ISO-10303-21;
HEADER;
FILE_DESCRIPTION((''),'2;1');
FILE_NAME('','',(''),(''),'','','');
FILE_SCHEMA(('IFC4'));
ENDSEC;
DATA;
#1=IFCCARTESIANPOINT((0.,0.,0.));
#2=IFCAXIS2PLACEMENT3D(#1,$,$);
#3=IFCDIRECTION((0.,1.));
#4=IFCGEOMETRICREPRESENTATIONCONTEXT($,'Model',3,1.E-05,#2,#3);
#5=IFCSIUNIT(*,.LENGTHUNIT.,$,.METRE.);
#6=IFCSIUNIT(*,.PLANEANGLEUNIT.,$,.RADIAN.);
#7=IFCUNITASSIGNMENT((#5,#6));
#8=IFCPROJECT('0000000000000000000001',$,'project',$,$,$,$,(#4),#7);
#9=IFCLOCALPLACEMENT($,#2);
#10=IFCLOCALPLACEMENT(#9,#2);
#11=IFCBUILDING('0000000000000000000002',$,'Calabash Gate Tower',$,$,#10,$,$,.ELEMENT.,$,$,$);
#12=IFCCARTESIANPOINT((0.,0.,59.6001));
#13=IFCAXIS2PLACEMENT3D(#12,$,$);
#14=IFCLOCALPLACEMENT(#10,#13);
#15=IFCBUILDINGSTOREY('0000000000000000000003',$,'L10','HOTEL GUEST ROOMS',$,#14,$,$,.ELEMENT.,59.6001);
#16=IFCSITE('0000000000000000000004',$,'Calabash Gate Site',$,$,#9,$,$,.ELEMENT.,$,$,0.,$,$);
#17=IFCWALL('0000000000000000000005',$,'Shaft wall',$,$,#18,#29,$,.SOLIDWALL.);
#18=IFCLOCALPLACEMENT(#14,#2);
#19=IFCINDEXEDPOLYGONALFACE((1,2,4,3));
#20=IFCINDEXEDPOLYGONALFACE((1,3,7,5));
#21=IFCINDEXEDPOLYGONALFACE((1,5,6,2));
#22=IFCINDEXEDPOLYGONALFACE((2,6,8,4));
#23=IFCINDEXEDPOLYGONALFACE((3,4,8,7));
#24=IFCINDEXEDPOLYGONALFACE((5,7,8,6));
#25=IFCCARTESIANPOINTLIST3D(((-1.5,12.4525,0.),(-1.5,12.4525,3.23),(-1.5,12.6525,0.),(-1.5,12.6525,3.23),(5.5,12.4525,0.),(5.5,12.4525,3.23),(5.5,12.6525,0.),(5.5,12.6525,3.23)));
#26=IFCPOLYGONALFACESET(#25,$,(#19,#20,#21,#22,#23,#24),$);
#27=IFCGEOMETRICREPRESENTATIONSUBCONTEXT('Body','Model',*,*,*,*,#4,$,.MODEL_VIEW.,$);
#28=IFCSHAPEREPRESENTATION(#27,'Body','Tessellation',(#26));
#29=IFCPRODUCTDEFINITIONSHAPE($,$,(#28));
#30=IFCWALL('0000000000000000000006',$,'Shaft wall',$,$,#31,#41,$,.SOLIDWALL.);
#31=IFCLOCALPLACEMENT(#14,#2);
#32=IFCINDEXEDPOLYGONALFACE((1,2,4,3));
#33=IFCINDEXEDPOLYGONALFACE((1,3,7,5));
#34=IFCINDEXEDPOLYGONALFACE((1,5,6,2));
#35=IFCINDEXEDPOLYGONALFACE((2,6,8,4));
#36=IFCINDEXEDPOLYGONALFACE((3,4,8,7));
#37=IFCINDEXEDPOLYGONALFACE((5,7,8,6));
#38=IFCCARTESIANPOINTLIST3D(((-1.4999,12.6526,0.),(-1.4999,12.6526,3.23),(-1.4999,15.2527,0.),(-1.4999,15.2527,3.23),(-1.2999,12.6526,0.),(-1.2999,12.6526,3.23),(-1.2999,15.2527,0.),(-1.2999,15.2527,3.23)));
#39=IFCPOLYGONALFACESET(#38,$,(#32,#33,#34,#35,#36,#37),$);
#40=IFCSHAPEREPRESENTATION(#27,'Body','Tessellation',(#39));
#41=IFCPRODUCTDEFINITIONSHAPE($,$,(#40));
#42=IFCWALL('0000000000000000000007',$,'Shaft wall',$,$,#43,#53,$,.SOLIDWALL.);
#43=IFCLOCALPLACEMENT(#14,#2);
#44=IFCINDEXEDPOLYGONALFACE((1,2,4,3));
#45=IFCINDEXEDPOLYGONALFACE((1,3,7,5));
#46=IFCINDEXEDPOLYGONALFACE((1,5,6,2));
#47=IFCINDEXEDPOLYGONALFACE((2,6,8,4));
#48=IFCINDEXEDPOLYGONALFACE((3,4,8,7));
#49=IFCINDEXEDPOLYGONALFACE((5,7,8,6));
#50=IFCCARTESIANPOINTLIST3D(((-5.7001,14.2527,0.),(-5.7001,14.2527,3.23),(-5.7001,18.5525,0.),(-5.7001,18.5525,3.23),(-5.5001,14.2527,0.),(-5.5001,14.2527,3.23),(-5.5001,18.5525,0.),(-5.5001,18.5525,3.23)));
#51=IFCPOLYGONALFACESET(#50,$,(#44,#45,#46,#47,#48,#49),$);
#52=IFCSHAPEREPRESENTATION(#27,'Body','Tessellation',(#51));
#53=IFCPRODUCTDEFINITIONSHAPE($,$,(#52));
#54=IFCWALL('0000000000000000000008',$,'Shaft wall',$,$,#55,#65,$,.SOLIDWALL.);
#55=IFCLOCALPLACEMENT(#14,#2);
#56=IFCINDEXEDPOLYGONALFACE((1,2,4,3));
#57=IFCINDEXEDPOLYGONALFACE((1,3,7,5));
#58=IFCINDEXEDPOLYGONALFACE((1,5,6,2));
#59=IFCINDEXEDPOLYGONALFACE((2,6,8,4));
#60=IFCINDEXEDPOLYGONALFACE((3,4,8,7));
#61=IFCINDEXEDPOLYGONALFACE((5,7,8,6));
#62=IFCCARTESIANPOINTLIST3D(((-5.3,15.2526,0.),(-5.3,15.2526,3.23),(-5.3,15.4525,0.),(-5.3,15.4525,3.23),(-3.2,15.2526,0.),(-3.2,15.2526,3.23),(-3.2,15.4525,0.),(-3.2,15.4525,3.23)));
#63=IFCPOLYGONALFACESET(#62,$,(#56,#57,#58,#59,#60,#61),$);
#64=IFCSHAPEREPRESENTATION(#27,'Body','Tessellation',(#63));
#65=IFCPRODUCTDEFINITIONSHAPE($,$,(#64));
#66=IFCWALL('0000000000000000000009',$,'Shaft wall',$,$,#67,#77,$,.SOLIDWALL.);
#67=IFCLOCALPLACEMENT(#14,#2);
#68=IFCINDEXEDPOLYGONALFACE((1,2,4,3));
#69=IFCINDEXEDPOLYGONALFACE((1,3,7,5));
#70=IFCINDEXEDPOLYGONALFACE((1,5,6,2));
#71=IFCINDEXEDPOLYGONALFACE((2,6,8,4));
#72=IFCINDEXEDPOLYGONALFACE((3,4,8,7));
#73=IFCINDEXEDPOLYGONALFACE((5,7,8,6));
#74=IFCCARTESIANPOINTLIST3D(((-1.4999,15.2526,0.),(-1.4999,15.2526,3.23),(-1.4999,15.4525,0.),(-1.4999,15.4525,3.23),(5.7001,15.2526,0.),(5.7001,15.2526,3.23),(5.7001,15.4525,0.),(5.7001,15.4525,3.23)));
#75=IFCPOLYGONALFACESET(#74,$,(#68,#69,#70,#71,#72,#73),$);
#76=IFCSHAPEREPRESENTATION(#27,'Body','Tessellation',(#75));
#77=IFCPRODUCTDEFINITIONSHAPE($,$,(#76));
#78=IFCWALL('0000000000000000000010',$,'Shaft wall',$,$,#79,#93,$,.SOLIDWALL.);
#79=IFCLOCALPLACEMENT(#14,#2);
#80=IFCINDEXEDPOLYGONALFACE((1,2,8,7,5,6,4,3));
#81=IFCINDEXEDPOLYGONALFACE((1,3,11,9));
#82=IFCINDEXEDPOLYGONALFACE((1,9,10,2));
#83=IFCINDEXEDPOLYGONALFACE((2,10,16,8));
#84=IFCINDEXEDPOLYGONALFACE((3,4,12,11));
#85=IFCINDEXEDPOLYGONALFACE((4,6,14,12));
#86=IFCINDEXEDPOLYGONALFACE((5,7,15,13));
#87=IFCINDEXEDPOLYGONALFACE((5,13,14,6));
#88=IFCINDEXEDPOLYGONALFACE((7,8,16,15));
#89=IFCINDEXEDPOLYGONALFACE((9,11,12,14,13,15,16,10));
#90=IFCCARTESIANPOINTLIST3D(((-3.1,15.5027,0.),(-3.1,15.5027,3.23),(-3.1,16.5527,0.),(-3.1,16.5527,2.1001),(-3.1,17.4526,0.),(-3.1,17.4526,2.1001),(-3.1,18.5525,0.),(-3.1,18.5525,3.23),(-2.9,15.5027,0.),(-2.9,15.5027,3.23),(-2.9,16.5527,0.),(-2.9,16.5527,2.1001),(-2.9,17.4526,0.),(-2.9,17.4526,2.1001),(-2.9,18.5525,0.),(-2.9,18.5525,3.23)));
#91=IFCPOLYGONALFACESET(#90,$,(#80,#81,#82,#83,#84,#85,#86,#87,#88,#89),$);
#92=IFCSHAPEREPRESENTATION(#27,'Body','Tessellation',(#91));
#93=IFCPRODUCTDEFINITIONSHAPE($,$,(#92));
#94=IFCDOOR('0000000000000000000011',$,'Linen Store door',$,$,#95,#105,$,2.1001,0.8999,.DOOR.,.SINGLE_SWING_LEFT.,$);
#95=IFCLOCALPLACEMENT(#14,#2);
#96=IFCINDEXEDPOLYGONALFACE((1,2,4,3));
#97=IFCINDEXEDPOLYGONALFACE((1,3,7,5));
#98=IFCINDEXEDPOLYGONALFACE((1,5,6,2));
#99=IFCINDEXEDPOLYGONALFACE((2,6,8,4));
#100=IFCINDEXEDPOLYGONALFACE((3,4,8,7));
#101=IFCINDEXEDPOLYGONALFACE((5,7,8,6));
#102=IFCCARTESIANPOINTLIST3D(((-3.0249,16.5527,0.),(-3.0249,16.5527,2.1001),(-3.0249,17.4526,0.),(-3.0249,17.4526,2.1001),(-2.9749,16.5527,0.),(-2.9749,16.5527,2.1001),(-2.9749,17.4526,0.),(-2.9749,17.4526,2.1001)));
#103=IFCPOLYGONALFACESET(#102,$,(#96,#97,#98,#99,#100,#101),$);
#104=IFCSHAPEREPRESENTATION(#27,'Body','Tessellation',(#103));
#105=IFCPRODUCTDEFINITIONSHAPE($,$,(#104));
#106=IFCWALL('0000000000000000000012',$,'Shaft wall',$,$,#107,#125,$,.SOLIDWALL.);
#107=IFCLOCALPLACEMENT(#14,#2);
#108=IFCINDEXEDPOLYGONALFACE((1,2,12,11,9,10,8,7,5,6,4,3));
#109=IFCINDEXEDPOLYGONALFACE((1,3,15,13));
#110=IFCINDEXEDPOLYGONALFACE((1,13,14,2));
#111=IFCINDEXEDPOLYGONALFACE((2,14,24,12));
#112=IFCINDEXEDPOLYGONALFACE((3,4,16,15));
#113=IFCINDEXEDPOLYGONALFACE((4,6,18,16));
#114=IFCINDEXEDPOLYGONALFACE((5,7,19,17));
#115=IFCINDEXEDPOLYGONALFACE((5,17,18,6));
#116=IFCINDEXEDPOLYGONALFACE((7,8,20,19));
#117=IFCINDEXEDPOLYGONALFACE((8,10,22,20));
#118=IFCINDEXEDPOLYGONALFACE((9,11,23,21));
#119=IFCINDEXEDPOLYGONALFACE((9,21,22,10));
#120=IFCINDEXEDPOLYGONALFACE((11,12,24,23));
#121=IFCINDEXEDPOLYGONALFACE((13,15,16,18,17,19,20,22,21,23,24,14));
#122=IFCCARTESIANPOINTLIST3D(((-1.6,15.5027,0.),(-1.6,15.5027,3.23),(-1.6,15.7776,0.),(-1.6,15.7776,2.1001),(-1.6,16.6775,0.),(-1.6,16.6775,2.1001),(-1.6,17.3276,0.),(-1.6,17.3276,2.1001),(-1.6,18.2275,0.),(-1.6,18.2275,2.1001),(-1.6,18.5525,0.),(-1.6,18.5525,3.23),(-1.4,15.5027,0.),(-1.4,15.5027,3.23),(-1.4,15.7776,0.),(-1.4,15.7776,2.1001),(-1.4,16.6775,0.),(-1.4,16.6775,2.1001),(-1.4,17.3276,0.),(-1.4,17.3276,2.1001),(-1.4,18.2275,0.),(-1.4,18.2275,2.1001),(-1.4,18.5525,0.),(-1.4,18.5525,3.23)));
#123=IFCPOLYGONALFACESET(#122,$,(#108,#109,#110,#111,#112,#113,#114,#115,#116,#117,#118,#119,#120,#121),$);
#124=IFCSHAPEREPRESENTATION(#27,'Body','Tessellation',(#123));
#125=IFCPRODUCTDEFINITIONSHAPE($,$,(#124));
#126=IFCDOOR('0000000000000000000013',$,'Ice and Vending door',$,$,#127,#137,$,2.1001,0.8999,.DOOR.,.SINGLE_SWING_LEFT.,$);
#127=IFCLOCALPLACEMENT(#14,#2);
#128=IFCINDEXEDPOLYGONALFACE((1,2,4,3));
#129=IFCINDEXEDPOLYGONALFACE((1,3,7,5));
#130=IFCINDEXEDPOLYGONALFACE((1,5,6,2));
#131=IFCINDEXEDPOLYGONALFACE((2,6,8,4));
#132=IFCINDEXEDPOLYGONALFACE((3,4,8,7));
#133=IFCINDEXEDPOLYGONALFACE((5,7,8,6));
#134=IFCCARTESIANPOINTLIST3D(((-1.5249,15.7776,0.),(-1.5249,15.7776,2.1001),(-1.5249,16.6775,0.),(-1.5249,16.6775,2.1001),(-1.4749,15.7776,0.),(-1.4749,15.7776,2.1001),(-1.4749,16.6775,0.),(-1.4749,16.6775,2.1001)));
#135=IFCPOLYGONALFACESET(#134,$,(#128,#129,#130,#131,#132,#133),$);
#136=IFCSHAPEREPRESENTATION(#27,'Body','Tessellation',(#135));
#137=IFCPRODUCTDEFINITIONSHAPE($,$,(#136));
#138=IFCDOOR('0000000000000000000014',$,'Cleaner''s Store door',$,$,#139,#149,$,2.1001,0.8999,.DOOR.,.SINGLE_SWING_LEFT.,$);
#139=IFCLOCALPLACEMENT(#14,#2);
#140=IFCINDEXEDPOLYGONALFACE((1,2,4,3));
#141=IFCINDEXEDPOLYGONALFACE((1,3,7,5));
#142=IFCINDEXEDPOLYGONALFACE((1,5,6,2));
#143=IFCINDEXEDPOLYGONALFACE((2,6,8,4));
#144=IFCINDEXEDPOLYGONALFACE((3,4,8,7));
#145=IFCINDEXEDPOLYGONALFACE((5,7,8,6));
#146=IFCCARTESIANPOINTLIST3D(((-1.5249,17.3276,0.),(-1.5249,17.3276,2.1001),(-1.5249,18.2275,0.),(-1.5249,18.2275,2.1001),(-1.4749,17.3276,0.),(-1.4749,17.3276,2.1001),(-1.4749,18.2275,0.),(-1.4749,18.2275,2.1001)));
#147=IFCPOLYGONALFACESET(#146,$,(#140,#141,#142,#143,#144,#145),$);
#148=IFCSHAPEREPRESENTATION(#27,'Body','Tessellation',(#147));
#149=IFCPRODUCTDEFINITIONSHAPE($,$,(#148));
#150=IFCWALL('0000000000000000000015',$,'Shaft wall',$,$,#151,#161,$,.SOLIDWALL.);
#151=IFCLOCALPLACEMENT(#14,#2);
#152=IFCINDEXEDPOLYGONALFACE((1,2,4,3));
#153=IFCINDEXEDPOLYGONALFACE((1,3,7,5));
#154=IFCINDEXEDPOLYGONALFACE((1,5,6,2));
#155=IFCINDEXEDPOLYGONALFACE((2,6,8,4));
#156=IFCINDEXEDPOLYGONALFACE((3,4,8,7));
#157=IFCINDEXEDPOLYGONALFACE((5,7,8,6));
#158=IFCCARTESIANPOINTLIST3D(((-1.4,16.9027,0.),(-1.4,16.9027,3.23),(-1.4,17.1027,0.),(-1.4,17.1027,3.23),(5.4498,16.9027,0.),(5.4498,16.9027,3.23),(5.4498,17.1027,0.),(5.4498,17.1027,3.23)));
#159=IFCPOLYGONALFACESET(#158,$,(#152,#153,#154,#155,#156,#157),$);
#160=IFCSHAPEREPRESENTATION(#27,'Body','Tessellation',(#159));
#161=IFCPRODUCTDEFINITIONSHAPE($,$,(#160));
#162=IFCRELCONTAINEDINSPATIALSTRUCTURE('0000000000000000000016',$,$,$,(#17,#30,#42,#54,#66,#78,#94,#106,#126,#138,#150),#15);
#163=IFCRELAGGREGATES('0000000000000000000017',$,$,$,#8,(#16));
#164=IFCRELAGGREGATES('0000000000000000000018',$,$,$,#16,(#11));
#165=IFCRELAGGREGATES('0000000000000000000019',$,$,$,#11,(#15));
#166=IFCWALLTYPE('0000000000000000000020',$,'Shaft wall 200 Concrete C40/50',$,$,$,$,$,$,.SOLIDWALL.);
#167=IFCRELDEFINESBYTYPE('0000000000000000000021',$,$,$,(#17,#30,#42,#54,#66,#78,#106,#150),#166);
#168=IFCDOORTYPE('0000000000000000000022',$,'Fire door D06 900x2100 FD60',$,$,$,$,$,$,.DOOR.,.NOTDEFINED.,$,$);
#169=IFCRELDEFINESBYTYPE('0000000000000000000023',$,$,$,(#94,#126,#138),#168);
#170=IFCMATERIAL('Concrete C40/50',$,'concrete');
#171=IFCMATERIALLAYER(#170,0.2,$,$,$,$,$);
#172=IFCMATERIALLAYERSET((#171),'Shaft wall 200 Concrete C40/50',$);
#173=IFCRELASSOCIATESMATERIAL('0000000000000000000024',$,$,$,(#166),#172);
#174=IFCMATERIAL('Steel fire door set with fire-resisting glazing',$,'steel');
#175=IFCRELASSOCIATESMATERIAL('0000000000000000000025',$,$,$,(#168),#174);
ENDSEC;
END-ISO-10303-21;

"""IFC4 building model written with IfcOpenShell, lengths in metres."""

from ifc_helpers import new_model, si_unit, direction, frame, frame_2d, origin, place, context, subcontext, project, spatial, rectangle, extrude, material, layer, layer_set, type_object, element, fill, save


model = new_model("IFC4")

# Units and contexts
model_context = context("Model", 3, precision=1e-05, world=origin(), true_north=direction((0.0, 1.0)))
body_context = subcontext(model_context, "Body", "Model", "MODEL_VIEW")
ifc_project = project(units=[si_unit("LENGTHUNIT", "METRE"), si_unit("PLANEANGLEUNIT", "RADIAN")], contexts=[model_context])

# Site, building, storey
site_placement = place(None, origin())
site = spatial("IfcSite", under=ifc_project, at=site_placement, Name="Calabash Gate Site", CompositionType="ELEMENT", RefElevation=0.0)
building_placement = place(site_placement, origin())
building = spatial("IfcBuilding", under=site, at=building_placement, Name="Calabash Gate Tower", CompositionType="ELEMENT")
storey_placement = place(building_placement, frame((0.0, 0.0, 59.6001)))
storey = spatial("IfcBuildingStorey", under=building, at=storey_placement, Name="L10", Description="HOTEL GUEST ROOMS", CompositionType="ELEMENT", Elevation=59.6001)

# Shared definitions
ifc_material_1 = material(Name="Concrete C40/50", Category="concrete")
ifc_layer_1 = layer(ifc_material_1, 0.2)
ifc_layer_set_1 = layer_set([ifc_layer_1], Name="Shaft wall 200 Concrete C40/50")
wall_type_1 = type_object("IfcWallType", Name="Shaft wall 200 Concrete C40/50", PredefinedType="SOLIDWALL", material=ifc_layer_set_1)

# Shared definitions
ifc_material_2 = material(Name="Steel fire door set with fire-resisting glazing", Category="steel")
door_type_1 = type_object("IfcDoorType", Name="Fire door D06 900x2100 FD60", OperationType="NOTDEFINED", PredefinedType="DOOR", material=ifc_material_2)

# Walls
wall_1_placement = place(storey_placement, frame((-1.5, 12.5525, 0.0), z_axis=(0.0, 0.0, 1.0), x_axis=(1.0, 0.0, 0.0)))
element("IfcWall", 1, at=wall_1_placement, inside=storey, type_object=wall_type_1, Name="Shaft wall", PredefinedType="SOLIDWALL", context=body_context, shape_type="SweptSolid", body=[
    extrude(rectangle(XDim=7.0, YDim=0.2, at=frame_2d((3.5, 0.0))), origin(), (0.0, 0.0, 1.0), 3.23),
])
wall_2_placement = place(storey_placement, frame((-1.3999, 12.6526, 0.0), z_axis=(0.0, 0.0, 1.0), x_axis=(0.0, 1.0, 0.0)))
element("IfcWall", 2, at=wall_2_placement, inside=storey, type_object=wall_type_1, Name="Shaft wall", PredefinedType="SOLIDWALL", context=body_context, shape_type="SweptSolid", body=[
    extrude(rectangle(XDim=2.6001, YDim=0.2, at=frame_2d((1.3, 0.0))), origin(), (0.0, 0.0, 1.0), 3.23),
])
wall_3_placement = place(storey_placement, frame((-5.6001, 14.2527, 0.0), z_axis=(0.0, 0.0, 1.0), x_axis=(0.0, 1.0, 0.0)))
element("IfcWall", 3, at=wall_3_placement, inside=storey, type_object=wall_type_1, Name="Shaft wall", PredefinedType="SOLIDWALL", context=body_context, shape_type="SweptSolid", body=[
    extrude(rectangle(XDim=4.2998, YDim=0.2, at=frame_2d((2.1499, 0.0))), origin(), (0.0, 0.0, 1.0), 3.23),
])
wall_4_placement = place(storey_placement, frame((-5.3, 15.3525, 0.0), z_axis=(0.0, 0.0, 1.0), x_axis=(1.0, 0.0, 0.0)))
element("IfcWall", 4, at=wall_4_placement, inside=storey, type_object=wall_type_1, Name="Shaft wall", PredefinedType="SOLIDWALL", context=body_context, shape_type="SweptSolid", body=[
    extrude(rectangle(XDim=2.1001, YDim=0.2, at=frame_2d((1.05, 0.0))), origin(), (0.0, 0.0, 1.0), 3.23),
])
wall_5_placement = place(storey_placement, frame((-1.5, 15.3525, 0.0), z_axis=(0.0, 0.0, 1.0), x_axis=(1.0, 0.0, 0.0)))
element("IfcWall", 5, at=wall_5_placement, inside=storey, type_object=wall_type_1, Name="Shaft wall", PredefinedType="SOLIDWALL", context=body_context, shape_type="SweptSolid", body=[
    extrude(rectangle(XDim=7.2, YDim=0.2, at=frame_2d((3.6001, 0.0))), origin(), (0.0, 0.0, 1.0), 3.23),
])

# Wall, opening, door
wall_6_placement = place(storey_placement, frame((-3.0, 15.5027, 0.0), z_axis=(0.0, 0.0, 1.0), x_axis=(0.0, 1.0, 0.0)))
wall_6 = element("IfcWall", 6, at=wall_6_placement, inside=storey, type_object=wall_type_1, Name="Shaft wall", PredefinedType="SOLIDWALL", context=body_context, shape_type="SweptSolid", body=[
    extrude(rectangle(XDim=3.0498, YDim=0.2, at=frame_2d((1.5249, 0.0))), origin(), (0.0, 0.0, 1.0), 3.23),
])
opening_1_placement = place(wall_6_placement, frame((1.05, 0.0, 0.0)))
opening_1 = element("IfcOpeningElement", 7, at=opening_1_placement, cuts=wall_6, PredefinedType="OPENING", context=body_context, shape_type="SweptSolid", body=[
    extrude(rectangle(XDim=0.8999, YDim=2.1001, at=frame_2d((0.45, 1.05))), frame((0.0, 0.1099, 0.0), z_axis=(0.0, -1.0, 0.0), x_axis=(1.0, 0.0, 0.0)), (0.0, 0.0, 1.0), 0.22),
])
door_1_placement = place(opening_1_placement, origin())
door_1 = element("IfcDoor", 8, at=door_1_placement, inside=storey, type_object=door_type_1, Name="Linen Store door", OperationType="SINGLE_SWING_LEFT", OverallHeight=2.1001, OverallWidth=0.8999, PredefinedType="DOOR", context=body_context, shape_type="SweptSolid", body=[
    extrude(rectangle(XDim=0.8999, YDim=2.1001, at=frame_2d((0.45, 1.05))), frame((0.0, 0.0249, 0.0), z_axis=(0.0, -1.0, 0.0), x_axis=(1.0, 0.0, 0.0)), (0.0, 0.0, 1.0), 0.05),
])
fill(opening_1, door_1)

# Wall, openings, doors
wall_7_placement = place(storey_placement, frame((-1.5, 15.5027, 0.0), z_axis=(0.0, 0.0, 1.0), x_axis=(0.0, 1.0, 0.0)))
wall_7 = element("IfcWall", 9, at=wall_7_placement, inside=storey, type_object=wall_type_1, Name="Shaft wall", PredefinedType="SOLIDWALL", context=body_context, shape_type="SweptSolid", body=[
    extrude(rectangle(XDim=3.0498, YDim=0.2, at=frame_2d((1.5249, 0.0))), origin(), (0.0, 0.0, 1.0), 3.23),
])
opening_2_placement = place(wall_7_placement, frame((0.2749, 0.0, 0.0)))
opening_2 = element("IfcOpeningElement", 10, at=opening_2_placement, cuts=wall_7, PredefinedType="OPENING", context=body_context, shape_type="SweptSolid", body=[
    extrude(rectangle(XDim=0.8999, YDim=2.1001, at=frame_2d((0.45, 1.05))), frame((0.0, 0.1099, 0.0), z_axis=(0.0, -1.0, 0.0), x_axis=(1.0, 0.0, 0.0)), (0.0, 0.0, 1.0), 0.22),
])
opening_3_placement = place(wall_7_placement, frame((1.825, 0.0, 0.0)))
opening_3 = element("IfcOpeningElement", 11, at=opening_3_placement, cuts=wall_7, PredefinedType="OPENING", context=body_context, shape_type="SweptSolid", body=[
    extrude(rectangle(XDim=0.8999, YDim=2.1001, at=frame_2d((0.45, 1.05))), frame((0.0, 0.1099, 0.0), z_axis=(0.0, -1.0, 0.0), x_axis=(1.0, 0.0, 0.0)), (0.0, 0.0, 1.0), 0.22),
])
door_2_placement = place(opening_2_placement, origin())
door_2 = element("IfcDoor", 12, at=door_2_placement, inside=storey, type_object=door_type_1, Name="Ice and Vending door", OperationType="SINGLE_SWING_LEFT", OverallHeight=2.1001, OverallWidth=0.8999, PredefinedType="DOOR", context=body_context, shape_type="SweptSolid", body=[
    extrude(rectangle(XDim=0.8999, YDim=2.1001, at=frame_2d((0.45, 1.05))), frame((0.0, 0.0249, 0.0), z_axis=(0.0, -1.0, 0.0), x_axis=(1.0, 0.0, 0.0)), (0.0, 0.0, 1.0), 0.05),
])
fill(opening_2, door_2)
door_3_placement = place(opening_3_placement, origin())
door_3 = element("IfcDoor", 13, at=door_3_placement, inside=storey, type_object=door_type_1, Name="Cleaner's Store door", OperationType="SINGLE_SWING_LEFT", OverallHeight=2.1001, OverallWidth=0.8999, PredefinedType="DOOR", context=body_context, shape_type="SweptSolid", body=[
    extrude(rectangle(XDim=0.8999, YDim=2.1001, at=frame_2d((0.45, 1.05))), frame((0.0, 0.0249, 0.0), z_axis=(0.0, -1.0, 0.0), x_axis=(1.0, 0.0, 0.0)), (0.0, 0.0, 1.0), 0.05),
])
fill(opening_3, door_3)

# Wall
wall_8_placement = place(storey_placement, frame((-1.3999, 17.0027, 0.0), z_axis=(0.0, 0.0, 1.0), x_axis=(1.0, 0.0, 0.0)))
element("IfcWall", 14, at=wall_8_placement, inside=storey, type_object=wall_type_1, Name="Shaft wall", PredefinedType="SOLIDWALL", context=body_context, shape_type="SweptSolid", body=[
    extrude(rectangle(XDim=6.8499, YDim=0.2, at=frame_2d((3.4248, 0.0))), origin(), (0.0, 0.0, 1.0), 3.23),
])

save(model, "model.ifc")
